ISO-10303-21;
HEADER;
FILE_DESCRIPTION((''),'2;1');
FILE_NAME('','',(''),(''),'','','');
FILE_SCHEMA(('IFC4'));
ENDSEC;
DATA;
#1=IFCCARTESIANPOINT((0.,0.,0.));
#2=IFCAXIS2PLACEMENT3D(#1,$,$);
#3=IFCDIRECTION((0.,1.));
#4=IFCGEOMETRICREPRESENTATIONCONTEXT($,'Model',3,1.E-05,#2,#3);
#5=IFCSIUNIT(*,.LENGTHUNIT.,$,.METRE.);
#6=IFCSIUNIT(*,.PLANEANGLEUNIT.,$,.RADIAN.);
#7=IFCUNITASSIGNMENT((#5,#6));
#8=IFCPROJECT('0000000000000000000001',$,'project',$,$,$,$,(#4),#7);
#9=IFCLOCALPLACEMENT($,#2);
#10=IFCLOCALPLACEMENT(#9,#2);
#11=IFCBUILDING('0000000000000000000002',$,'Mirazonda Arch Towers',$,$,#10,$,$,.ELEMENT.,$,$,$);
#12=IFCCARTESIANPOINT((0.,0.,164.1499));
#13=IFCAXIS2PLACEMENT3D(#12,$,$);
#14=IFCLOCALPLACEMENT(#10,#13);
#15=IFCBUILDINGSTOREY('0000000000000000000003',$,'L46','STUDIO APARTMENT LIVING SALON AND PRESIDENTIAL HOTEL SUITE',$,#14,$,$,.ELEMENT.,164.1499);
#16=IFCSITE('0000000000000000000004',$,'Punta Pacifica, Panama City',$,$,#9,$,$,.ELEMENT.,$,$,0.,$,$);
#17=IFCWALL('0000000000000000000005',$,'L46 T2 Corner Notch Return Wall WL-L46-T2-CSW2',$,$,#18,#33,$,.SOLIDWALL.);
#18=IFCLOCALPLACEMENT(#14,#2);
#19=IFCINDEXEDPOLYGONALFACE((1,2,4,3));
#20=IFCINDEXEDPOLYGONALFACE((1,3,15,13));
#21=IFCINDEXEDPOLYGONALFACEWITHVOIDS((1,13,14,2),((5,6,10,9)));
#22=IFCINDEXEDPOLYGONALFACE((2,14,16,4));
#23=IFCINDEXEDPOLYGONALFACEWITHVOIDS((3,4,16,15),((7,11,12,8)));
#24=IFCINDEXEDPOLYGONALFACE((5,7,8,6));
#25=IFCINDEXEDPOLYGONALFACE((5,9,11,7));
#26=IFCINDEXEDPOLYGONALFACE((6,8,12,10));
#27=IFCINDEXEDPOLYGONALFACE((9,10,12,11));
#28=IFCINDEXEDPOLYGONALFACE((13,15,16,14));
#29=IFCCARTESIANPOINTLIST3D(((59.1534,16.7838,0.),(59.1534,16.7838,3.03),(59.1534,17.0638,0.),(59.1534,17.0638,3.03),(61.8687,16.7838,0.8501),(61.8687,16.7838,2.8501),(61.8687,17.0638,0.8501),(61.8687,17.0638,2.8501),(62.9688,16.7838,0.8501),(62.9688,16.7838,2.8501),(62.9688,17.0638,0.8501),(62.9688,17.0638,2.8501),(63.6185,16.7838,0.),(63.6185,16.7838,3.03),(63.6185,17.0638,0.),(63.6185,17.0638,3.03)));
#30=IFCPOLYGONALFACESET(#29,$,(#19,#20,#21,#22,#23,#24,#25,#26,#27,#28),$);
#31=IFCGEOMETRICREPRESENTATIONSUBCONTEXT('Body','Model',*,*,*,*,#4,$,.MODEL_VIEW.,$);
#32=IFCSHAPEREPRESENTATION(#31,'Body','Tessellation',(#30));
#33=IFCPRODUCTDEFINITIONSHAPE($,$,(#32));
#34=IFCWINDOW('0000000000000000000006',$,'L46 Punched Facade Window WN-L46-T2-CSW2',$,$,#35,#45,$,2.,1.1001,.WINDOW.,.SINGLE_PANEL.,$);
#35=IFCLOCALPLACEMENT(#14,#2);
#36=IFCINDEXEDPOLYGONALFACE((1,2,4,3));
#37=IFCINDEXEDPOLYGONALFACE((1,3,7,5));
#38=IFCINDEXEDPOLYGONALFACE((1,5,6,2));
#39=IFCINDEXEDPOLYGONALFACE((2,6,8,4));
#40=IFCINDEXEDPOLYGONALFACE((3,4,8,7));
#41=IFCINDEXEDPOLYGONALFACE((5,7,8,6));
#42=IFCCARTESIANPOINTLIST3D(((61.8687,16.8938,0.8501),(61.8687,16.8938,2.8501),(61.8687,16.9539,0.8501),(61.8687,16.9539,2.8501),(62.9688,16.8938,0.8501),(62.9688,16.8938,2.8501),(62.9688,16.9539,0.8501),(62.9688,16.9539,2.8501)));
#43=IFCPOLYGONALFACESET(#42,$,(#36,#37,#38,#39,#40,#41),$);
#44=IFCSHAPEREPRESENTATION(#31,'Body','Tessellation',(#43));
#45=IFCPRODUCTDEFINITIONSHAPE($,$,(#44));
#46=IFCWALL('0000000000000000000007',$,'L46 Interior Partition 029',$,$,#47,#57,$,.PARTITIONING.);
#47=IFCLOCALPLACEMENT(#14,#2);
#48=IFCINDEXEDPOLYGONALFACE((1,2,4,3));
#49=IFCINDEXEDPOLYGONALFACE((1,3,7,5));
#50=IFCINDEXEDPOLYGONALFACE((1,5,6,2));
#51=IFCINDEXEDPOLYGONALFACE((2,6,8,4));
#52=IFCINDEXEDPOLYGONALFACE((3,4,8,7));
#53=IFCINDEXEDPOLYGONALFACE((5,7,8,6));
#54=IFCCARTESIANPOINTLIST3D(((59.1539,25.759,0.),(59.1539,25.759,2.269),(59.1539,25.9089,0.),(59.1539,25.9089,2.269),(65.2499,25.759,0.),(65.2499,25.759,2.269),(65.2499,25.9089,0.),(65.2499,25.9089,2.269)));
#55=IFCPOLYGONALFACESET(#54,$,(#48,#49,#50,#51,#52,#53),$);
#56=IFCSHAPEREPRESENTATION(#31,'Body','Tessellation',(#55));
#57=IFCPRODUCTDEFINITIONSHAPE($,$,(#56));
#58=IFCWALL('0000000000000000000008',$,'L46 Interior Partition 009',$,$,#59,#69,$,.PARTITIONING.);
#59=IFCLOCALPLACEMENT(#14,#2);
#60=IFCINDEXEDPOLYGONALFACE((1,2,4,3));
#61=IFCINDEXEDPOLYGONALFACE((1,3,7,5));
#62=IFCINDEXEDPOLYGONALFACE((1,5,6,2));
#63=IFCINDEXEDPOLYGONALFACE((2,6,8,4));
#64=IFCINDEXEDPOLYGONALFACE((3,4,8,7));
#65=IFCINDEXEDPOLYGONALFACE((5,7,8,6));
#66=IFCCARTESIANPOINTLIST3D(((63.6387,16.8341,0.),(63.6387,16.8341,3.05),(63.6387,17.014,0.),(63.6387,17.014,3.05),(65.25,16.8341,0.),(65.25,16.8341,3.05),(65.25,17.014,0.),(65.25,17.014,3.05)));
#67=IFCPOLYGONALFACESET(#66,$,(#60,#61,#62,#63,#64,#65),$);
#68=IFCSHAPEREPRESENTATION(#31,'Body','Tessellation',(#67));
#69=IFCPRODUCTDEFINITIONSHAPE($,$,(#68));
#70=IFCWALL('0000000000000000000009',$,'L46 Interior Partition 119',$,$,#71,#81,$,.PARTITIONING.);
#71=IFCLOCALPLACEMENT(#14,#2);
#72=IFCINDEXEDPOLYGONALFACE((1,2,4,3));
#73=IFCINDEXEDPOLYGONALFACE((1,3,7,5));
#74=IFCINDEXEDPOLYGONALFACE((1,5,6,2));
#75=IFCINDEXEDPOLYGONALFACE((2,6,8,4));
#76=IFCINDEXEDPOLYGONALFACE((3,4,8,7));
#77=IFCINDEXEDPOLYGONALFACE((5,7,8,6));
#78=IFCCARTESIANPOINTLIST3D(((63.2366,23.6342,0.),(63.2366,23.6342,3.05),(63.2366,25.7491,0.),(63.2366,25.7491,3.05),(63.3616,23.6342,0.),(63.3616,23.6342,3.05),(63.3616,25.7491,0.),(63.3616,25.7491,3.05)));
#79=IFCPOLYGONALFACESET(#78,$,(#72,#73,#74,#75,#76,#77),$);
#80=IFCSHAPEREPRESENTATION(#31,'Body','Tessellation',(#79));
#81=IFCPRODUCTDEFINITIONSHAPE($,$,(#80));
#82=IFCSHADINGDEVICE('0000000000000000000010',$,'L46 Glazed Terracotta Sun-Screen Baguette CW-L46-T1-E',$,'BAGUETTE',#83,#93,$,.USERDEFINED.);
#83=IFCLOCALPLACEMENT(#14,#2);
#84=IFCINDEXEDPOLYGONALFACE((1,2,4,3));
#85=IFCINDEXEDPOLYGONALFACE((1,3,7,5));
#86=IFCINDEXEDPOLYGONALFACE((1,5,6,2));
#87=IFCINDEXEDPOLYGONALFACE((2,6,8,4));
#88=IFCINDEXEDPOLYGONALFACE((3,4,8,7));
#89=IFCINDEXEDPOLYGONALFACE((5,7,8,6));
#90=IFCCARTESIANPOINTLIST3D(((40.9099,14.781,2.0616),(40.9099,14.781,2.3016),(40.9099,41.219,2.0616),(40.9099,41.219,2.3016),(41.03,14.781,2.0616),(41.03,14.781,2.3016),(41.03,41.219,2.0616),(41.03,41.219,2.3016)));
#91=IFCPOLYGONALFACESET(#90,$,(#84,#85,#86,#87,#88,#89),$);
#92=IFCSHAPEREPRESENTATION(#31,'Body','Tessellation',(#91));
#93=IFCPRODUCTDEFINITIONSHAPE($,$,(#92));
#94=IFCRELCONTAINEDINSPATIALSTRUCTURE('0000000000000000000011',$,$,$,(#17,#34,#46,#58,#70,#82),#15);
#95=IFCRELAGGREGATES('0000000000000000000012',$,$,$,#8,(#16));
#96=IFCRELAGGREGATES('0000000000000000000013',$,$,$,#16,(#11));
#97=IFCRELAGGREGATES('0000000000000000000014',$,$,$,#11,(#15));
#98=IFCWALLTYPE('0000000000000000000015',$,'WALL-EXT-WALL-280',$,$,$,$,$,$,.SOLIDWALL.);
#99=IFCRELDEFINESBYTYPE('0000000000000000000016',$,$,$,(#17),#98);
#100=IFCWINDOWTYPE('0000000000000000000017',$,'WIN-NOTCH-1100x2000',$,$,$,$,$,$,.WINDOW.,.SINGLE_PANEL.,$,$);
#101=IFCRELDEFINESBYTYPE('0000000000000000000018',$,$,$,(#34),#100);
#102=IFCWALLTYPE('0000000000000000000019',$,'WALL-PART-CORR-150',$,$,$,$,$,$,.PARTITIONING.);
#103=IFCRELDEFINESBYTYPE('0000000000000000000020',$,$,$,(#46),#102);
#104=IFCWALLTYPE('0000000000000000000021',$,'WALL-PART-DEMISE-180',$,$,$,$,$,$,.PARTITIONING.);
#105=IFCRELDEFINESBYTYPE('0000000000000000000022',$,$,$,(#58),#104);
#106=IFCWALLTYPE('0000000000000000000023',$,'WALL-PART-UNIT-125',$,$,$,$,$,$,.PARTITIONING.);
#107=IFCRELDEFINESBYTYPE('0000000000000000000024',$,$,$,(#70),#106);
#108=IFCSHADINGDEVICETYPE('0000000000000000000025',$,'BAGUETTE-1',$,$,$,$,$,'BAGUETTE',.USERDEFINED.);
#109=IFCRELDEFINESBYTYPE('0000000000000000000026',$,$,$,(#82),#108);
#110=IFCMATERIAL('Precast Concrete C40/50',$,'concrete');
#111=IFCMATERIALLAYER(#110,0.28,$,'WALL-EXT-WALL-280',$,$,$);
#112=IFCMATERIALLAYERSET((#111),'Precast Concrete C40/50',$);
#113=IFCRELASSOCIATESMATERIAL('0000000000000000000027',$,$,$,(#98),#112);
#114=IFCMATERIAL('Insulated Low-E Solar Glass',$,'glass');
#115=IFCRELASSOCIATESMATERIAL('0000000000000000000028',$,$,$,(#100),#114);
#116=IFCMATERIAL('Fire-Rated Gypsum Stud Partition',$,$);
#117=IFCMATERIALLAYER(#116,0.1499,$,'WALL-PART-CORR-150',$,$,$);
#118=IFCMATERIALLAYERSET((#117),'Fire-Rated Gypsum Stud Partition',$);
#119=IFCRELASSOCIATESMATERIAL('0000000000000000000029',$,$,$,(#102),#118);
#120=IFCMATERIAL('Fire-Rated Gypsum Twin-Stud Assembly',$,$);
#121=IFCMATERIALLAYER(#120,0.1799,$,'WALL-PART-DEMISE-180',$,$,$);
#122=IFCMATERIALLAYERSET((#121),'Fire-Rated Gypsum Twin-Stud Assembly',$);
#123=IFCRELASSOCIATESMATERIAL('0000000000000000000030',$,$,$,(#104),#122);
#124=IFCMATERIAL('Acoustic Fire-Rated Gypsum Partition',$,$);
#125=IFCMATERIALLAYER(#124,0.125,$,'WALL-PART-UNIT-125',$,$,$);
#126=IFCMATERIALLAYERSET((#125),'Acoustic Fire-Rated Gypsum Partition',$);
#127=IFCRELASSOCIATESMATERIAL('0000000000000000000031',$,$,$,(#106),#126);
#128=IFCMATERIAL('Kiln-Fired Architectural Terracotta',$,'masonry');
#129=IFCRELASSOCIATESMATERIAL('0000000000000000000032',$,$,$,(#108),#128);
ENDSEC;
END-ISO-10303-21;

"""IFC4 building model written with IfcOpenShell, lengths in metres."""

from ifc_helpers import new_model, si_unit, direction, frame, frame_2d, origin, origin_2d, place, context, subcontext, project, spatial, rectangle, extrude, material, layer, layer_set, material_profile, profile_set, type_object, element, fill, save


model = new_model("IFC4")

# Units and contexts
model_context = context("Model", 3, precision=1e-05, world=origin(), true_north=direction((0.0, 1.0)))
body_context = subcontext(model_context, "Body", "Model", "MODEL_VIEW")
ifc_project = project(units=[si_unit("LENGTHUNIT", "METRE"), si_unit("PLANEANGLEUNIT", "RADIAN")], contexts=[model_context])

# Site, building, storey
site_placement = place(None, origin())
site = spatial("IfcSite", under=ifc_project, at=site_placement, Name="Punta Pacifica, Panama City", CompositionType="ELEMENT", RefElevation=0.0)
building_placement = place(site_placement, origin())
building = spatial("IfcBuilding", under=site, at=building_placement, Name="Mirazonda Arch Towers", CompositionType="ELEMENT")
storey_placement = place(building_placement, frame((0.0, 0.0, 164.1499)))
storey = spatial("IfcBuildingStorey", under=building, at=storey_placement, Name="L46", Description="STUDIO APARTMENT LIVING SALON AND PRESIDENTIAL HOTEL SUITE", CompositionType="ELEMENT", Elevation=164.1499)

# Shared definitions
ifc_material_1 = material(Name="Insulated Low-E Solar Glass", Category="glass")

# Wall, opening, window
ifc_material_2 = material(Name="Precast Concrete C40/50", Category="concrete")
ifc_layer_1 = layer(ifc_material_2, 0.28, Name="WALL-EXT-WALL-280")
ifc_layer_set_1 = layer_set([ifc_layer_1], Name="Precast Concrete C40/50")
wall_type_1 = type_object("IfcWallType", Name="WALL-EXT-WALL-280", PredefinedType="SOLIDWALL", material=ifc_layer_set_1)
wall_1_placement = place(storey_placement, frame((59.1536, 16.9238, 0.0), z_axis=(0.0, 0.0, 1.0), x_axis=(1.0, 0.0, 0.0)))
wall_1 = element("IfcWall", 1, at=wall_1_placement, inside=storey, type_object=wall_type_1, Name="L46 T2 Corner Notch Return Wall WL-L46-T2-CSW2", PredefinedType="SOLIDWALL", context=body_context, shape_type="SweptSolid", body=[
    extrude(rectangle(XDim=4.4651, YDim=0.28, at=frame_2d((2.2324, 0.0))), origin(), (0.0, 0.0, 1.0), 3.03),
])
opening_1_placement = place(wall_1_placement, frame((2.7151, 0.0, 0.8501)))
opening_1 = element("IfcOpeningElement", 2, at=opening_1_placement, cuts=wall_1, PredefinedType="OPENING", context=body_context, shape_type="SweptSolid", body=[
    extrude(rectangle(XDim=1.1001, YDim=2.0, at=frame_2d((0.55, 1.0))), frame((0.0, 0.1499, 0.0), z_axis=(0.0, -1.0, 0.0), x_axis=(1.0, 0.0, 0.0)), (0.0, 0.0, 1.0), 0.3),
])
window_type_1 = type_object("IfcWindowType", Name="WIN-NOTCH-1100x2000", PartitioningType="SINGLE_PANEL", PredefinedType="WINDOW", material=ifc_material_1)
window_1_placement = place(opening_1_placement, origin())
window_1 = element("IfcWindow", 3, at=window_1_placement, inside=storey, type_object=window_type_1, Name="L46 Punched Facade Window WN-L46-T2-CSW2", OverallHeight=2.0, OverallWidth=1.1001, PartitioningType="SINGLE_PANEL", PredefinedType="WINDOW", context=body_context, shape_type="SweptSolid", body=[
    extrude(rectangle(XDim=1.1001, YDim=2.0, at=frame_2d((0.55, 1.0))), frame((0.0, 0.03, 0.0), z_axis=(0.0, -1.0, 0.0), x_axis=(1.0, 0.0, 0.0)), (0.0, 0.0, 1.0), 0.0601),
])
fill(opening_1, window_1)

# Walls
ifc_material_3 = material(Name="Fire-Rated Gypsum Stud Partition")
ifc_layer_2 = layer(ifc_material_3, 0.1499, Name="WALL-PART-CORR-150")
ifc_layer_set_2 = layer_set([ifc_layer_2], Name="Fire-Rated Gypsum Stud Partition")
wall_type_2 = type_object("IfcWallType", Name="WALL-PART-CORR-150", PredefinedType="PARTITIONING", material=ifc_layer_set_2)
wall_2_placement = place(storey_placement, frame((59.1541, 25.834, 0.0), z_axis=(0.0, 0.0, 1.0), x_axis=(1.0, 0.0, 0.0)))
element("IfcWall", 4, at=wall_2_placement, inside=storey, type_object=wall_type_2, Name="L46 Interior Partition 029", PredefinedType="PARTITIONING", context=body_context, shape_type="SweptSolid", body=[
    extrude(rectangle(XDim=6.0959, YDim=0.1499, at=frame_2d((3.0479, 0.0))), origin(), (0.0, 0.0, 1.0), 2.269),
])
ifc_material_4 = material(Name="Fire-Rated Gypsum Twin-Stud Assembly")
ifc_layer_3 = layer(ifc_material_4, 0.1799, Name="WALL-PART-DEMISE-180")
ifc_layer_set_3 = layer_set([ifc_layer_3], Name="Fire-Rated Gypsum Twin-Stud Assembly")
wall_type_3 = type_object("IfcWallType", Name="WALL-PART-DEMISE-180", PredefinedType="PARTITIONING", material=ifc_layer_set_3)
wall_3_placement = place(storey_placement, frame((63.6387, 16.9241, 0.0), z_axis=(0.0, 0.0, 1.0), x_axis=(1.0, 0.0, 0.0)))
element("IfcWall", 5, at=wall_3_placement, inside=storey, type_object=wall_type_3, Name="L46 Interior Partition 009", PredefinedType="PARTITIONING", context=body_context, shape_type="SweptSolid", body=[
    extrude(rectangle(XDim=1.6113, YDim=0.1799, at=frame_2d((0.8057, 0.0))), origin(), (0.0, 0.0, 1.0), 3.05),
])

# Wall
ifc_material_5 = material(Name="Acoustic Fire-Rated Gypsum Partition")
ifc_layer_4 = layer(ifc_material_5, 0.125, Name="WALL-PART-UNIT-125")
ifc_layer_set_4 = layer_set([ifc_layer_4], Name="Acoustic Fire-Rated Gypsum Partition")
wall_type_4 = type_object("IfcWallType", Name="WALL-PART-UNIT-125", PredefinedType="PARTITIONING", material=ifc_layer_set_4)
wall_4_placement = place(storey_placement, frame((63.2991, 23.634, 0.0), z_axis=(0.0, 0.0, 1.0), x_axis=(0.0, 1.0, 0.0)))
element("IfcWall", 6, at=wall_4_placement, inside=storey, type_object=wall_type_4, Name="L46 Interior Partition 119", PredefinedType="PARTITIONING", context=body_context, shape_type="SweptSolid", body=[
    extrude(rectangle(XDim=2.115, YDim=0.125, at=frame_2d((1.0576, 0.0))), origin(), (0.0, 0.0, 1.0), 3.05),
])

# Shading device
ifc_material_6 = material(Name="Kiln-Fired Architectural Terracotta", Category="masonry")
ifc_material_profile_1 = material_profile(ifc_material_6, rectangle(XDim=0.1201, YDim=0.24, at=origin_2d()), Name="TERRA-BAG-120x240")
ifc_profile_set_1 = profile_set([ifc_material_profile_1], Name="Kiln-Fired Architectural Terracotta")
shading_device_type = type_object("IfcShadingDeviceType", Name="BAGUETTE-1", ElementType="BAGUETTE", PredefinedType="USERDEFINED", material=ifc_profile_set_1)
shading_device_placement = place(storey_placement, frame((40.97, 14.781, 2.1816), z_axis=(0.0, 1.0, 0.0), x_axis=(-1.0, 0.0, 0.0)))
element("IfcShadingDevice", 7, at=shading_device_placement, inside=storey, type_object=shading_device_type, Name="L46 Glazed Terracotta Sun-Screen Baguette CW-L46-T1-E", ObjectType="BAGUETTE", PredefinedType="USERDEFINED", context=body_context, shape_type="SweptSolid", body=[
    extrude(rectangle(XDim=0.1201, YDim=0.24, at=origin_2d()), origin(), (0.0, 0.0, 1.0), 26.438),
])

save(model, "model.ifc")
